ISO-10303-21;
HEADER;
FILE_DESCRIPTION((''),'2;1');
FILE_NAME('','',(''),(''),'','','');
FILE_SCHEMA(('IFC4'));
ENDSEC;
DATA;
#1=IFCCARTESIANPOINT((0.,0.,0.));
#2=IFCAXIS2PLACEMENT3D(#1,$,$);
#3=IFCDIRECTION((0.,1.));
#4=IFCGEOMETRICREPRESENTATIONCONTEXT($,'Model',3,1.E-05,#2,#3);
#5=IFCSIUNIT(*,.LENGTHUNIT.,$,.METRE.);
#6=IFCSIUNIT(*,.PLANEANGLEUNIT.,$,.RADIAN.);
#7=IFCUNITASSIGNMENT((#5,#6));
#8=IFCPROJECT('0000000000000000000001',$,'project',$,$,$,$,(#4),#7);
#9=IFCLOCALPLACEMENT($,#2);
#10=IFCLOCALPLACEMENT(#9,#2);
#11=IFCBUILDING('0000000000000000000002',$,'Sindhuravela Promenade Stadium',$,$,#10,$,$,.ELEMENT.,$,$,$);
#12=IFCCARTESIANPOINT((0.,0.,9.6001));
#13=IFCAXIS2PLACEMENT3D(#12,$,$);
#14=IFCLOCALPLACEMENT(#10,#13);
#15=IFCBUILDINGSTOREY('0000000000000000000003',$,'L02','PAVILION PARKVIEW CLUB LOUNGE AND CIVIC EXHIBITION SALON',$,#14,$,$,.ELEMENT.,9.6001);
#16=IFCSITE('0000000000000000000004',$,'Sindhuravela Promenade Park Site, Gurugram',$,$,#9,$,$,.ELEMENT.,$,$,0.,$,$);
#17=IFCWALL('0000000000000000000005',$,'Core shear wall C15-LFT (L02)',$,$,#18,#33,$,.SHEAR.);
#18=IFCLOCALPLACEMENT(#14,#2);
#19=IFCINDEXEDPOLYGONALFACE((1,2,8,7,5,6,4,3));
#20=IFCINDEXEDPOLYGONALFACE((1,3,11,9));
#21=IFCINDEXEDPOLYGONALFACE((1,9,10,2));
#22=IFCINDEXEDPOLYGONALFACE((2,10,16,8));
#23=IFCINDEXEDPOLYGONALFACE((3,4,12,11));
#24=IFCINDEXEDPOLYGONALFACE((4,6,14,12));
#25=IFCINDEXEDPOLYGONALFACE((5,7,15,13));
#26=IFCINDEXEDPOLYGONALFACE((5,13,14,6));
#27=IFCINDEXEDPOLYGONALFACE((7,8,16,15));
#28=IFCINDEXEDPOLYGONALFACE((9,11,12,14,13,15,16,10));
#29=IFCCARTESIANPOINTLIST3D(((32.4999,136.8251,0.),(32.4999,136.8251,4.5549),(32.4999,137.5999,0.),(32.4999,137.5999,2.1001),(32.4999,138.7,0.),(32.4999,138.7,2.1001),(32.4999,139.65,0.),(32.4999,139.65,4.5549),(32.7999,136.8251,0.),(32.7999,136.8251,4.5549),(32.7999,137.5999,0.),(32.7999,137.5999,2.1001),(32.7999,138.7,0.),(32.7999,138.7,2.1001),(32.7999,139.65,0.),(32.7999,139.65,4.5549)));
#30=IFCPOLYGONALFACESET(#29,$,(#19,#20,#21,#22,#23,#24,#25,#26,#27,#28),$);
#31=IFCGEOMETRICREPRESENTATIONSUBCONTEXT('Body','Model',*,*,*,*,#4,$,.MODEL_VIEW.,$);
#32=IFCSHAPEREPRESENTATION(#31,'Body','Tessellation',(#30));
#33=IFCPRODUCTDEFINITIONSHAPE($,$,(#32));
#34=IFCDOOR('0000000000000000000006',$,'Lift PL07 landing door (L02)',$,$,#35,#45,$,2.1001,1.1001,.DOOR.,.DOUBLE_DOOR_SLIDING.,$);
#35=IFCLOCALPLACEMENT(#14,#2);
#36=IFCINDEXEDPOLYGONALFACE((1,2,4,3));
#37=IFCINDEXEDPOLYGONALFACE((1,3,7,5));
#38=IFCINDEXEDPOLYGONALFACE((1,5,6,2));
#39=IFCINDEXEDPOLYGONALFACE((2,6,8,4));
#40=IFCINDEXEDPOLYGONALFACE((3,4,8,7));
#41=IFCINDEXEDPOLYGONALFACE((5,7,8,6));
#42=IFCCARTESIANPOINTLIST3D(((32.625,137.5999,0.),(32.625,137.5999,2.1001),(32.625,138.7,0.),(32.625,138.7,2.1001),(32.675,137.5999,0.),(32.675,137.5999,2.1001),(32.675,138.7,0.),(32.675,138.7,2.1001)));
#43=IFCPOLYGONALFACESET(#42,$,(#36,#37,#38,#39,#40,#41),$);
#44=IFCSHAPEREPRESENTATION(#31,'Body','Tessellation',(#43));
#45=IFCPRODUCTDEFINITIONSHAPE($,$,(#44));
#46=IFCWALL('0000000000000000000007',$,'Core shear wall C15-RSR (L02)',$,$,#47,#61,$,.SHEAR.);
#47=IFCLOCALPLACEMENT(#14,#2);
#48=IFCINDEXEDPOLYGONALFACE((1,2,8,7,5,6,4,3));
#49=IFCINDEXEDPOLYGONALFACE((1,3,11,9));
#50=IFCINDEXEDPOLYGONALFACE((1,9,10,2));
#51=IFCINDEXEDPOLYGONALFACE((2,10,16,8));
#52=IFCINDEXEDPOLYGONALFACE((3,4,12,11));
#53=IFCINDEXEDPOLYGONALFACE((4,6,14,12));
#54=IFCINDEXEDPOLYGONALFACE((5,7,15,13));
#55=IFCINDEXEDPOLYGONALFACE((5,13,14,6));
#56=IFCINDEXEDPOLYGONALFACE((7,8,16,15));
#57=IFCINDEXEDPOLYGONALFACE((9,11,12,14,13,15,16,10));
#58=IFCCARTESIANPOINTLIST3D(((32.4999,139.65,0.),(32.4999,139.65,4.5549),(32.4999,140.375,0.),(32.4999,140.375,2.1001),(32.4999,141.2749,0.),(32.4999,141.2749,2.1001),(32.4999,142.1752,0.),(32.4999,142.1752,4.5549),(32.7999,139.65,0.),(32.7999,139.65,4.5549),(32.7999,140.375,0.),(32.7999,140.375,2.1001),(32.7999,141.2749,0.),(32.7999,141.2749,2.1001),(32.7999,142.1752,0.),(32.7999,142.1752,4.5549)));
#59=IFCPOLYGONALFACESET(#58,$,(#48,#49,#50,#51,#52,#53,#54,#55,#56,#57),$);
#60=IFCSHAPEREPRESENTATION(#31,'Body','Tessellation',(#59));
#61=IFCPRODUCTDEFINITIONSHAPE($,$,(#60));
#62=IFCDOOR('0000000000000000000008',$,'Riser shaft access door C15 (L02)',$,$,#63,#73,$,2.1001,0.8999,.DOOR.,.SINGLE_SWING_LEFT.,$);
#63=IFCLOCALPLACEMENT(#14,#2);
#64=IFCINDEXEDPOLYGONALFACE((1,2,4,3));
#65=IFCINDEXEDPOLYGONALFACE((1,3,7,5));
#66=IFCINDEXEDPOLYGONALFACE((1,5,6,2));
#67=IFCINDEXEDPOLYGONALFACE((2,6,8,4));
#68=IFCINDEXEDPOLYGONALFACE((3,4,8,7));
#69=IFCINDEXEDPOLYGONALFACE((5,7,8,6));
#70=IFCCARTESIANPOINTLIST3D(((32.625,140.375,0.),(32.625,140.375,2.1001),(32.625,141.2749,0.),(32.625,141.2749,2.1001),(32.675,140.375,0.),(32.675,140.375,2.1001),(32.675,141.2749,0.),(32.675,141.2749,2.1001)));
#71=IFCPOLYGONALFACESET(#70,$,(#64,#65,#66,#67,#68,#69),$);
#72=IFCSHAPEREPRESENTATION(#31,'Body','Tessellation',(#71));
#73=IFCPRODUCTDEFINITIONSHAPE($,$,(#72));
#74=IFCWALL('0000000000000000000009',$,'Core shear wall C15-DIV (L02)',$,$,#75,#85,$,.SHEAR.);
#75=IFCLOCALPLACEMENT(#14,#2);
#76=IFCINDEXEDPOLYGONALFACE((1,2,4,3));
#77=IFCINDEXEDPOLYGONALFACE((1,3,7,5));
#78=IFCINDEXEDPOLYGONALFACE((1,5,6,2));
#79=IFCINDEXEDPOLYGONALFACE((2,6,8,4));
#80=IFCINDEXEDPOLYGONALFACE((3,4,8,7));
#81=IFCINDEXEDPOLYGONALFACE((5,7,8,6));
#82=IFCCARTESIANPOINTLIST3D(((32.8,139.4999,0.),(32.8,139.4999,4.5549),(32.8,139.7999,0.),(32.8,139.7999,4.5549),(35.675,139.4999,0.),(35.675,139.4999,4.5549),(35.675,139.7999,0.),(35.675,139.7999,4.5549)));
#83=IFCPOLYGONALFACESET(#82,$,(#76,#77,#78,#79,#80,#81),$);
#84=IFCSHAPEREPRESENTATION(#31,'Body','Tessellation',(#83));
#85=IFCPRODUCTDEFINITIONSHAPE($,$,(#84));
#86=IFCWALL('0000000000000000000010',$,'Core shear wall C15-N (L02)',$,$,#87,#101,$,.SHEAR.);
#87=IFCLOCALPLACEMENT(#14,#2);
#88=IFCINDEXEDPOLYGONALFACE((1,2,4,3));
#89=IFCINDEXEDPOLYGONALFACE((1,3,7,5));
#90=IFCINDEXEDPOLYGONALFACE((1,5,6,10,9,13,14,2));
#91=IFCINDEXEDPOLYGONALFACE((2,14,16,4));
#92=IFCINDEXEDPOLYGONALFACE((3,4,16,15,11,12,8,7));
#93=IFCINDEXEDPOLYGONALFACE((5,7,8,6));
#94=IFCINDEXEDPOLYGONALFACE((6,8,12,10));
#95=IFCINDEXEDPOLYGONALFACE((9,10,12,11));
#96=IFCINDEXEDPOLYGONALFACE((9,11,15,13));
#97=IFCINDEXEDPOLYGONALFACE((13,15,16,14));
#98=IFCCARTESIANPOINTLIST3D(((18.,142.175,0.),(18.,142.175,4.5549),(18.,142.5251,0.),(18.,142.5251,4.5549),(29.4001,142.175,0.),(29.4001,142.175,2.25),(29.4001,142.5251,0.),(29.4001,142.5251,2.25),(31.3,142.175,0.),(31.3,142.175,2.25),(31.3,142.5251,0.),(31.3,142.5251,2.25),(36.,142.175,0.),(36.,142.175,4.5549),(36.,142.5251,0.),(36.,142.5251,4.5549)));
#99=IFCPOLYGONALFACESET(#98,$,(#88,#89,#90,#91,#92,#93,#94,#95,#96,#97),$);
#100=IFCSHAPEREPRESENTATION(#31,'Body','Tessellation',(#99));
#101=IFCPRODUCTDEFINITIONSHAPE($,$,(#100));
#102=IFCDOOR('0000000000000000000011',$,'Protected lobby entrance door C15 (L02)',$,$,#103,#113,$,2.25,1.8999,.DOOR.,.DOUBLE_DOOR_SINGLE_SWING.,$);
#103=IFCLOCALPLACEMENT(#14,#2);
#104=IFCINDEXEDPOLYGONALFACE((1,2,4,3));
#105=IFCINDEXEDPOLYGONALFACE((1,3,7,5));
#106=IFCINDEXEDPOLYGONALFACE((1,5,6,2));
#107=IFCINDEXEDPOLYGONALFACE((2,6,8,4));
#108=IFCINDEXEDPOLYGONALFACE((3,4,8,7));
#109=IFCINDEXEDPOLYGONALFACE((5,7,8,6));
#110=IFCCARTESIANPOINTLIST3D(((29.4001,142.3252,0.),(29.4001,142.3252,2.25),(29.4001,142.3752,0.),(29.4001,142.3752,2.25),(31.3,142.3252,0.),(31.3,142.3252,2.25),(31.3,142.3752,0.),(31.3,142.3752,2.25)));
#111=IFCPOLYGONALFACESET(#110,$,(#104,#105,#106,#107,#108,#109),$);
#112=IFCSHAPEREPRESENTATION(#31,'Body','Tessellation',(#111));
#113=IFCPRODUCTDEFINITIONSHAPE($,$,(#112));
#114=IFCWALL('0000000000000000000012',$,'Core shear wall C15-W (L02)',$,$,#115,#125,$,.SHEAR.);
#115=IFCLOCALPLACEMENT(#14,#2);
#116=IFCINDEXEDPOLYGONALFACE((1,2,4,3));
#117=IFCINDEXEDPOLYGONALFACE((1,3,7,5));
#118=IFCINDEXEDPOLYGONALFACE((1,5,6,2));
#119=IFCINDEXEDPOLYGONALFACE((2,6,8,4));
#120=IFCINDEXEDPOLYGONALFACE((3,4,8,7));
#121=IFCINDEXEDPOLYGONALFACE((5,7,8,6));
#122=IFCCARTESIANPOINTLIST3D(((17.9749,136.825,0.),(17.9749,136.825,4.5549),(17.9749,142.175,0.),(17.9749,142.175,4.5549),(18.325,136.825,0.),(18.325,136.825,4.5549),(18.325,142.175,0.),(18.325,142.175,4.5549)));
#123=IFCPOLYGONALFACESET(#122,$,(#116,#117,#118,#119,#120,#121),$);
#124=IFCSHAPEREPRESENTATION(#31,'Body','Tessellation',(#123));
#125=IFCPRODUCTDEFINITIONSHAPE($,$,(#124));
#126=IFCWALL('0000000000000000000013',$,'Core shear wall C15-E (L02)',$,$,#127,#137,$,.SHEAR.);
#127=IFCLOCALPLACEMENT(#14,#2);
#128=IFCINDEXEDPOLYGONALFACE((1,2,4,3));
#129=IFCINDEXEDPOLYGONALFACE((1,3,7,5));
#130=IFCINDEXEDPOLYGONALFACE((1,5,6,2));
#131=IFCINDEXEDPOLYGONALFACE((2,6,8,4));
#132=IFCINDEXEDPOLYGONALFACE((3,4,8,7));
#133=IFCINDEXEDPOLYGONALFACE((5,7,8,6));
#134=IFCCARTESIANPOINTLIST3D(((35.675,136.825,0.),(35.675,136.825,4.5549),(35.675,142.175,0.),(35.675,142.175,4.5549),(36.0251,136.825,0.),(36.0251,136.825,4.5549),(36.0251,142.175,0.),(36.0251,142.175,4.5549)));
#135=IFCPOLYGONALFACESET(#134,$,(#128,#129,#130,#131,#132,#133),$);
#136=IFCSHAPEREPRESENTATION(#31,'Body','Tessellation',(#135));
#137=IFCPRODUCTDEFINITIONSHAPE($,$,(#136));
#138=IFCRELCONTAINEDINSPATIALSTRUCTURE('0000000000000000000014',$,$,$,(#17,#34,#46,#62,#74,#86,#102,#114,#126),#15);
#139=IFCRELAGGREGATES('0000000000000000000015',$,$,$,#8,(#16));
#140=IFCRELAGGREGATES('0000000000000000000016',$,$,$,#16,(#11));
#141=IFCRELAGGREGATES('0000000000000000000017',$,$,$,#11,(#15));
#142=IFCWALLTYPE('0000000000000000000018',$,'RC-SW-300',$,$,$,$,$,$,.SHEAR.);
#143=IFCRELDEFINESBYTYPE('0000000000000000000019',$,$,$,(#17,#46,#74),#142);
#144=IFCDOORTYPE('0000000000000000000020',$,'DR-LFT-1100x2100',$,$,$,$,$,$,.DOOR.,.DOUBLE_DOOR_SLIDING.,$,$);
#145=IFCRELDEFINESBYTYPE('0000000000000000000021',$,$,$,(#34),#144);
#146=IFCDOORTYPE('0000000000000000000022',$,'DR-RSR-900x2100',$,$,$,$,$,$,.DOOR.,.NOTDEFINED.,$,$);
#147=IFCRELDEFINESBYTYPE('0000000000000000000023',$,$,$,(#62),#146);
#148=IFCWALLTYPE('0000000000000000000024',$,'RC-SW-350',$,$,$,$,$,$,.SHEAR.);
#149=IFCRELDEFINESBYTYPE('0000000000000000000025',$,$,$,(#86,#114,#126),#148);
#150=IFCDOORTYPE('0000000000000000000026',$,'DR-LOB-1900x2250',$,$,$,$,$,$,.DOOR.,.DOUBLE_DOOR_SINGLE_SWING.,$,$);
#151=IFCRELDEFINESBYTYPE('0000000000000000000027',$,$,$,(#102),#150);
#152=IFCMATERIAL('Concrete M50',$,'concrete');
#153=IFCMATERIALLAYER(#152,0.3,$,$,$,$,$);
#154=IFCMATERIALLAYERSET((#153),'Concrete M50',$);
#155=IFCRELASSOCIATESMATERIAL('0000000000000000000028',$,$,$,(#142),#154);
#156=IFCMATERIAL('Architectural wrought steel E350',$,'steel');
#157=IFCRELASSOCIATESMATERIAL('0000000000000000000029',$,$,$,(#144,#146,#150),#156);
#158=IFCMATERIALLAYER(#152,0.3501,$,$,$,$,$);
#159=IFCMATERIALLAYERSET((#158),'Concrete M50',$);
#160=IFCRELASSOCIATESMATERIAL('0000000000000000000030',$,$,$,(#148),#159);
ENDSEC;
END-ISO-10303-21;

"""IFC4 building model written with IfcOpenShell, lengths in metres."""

from ifc_helpers import new_model, si_unit, direction, frame, frame_2d, origin, place, context, subcontext, project, spatial, rectangle, extrude, material, layer, layer_set, type_object, element, fill, save


model = new_model("IFC4")

# Units and contexts
model_context = context("Model", 3, precision=1e-05, world=origin(), true_north=direction((0.0, 1.0)))
body_context = subcontext(model_context, "Body", "Model", "MODEL_VIEW")
ifc_project = project(units=[si_unit("LENGTHUNIT", "METRE"), si_unit("PLANEANGLEUNIT", "RADIAN")], contexts=[model_context])

# Site, building, storey
site_placement = place(None, origin())
site = spatial("IfcSite", under=ifc_project, at=site_placement, Name="Sindhuravela Promenade Park Site, Gurugram", CompositionType="ELEMENT", RefElevation=0.0)
building_placement = place(site_placement, origin())
building = spatial("IfcBuilding", under=site, at=building_placement, Name="Sindhuravela Promenade Stadium", CompositionType="ELEMENT")
storey_placement = place(building_placement, frame((0.0, 0.0, 9.6001)))
storey = spatial("IfcBuildingStorey", under=building, at=storey_placement, Name="L02", Description="PAVILION PARKVIEW CLUB LOUNGE AND CIVIC EXHIBITION SALON", CompositionType="ELEMENT", Elevation=9.6001)

# Walls, openings, doors
ifc_material_1 = material(Name="Concrete M50", Category="concrete")
ifc_layer_1 = layer(ifc_material_1, 0.3)
ifc_layer_set_1 = layer_set([ifc_layer_1], Name="Concrete M50")
wall_type_1 = type_object("IfcWallType", Name="RC-SW-300", PredefinedType="SHEAR", material=ifc_layer_set_1)
ifc_material_2 = material(Name="Architectural wrought steel E350", Category="steel")
wall_1_placement = place(storey_placement, frame((32.6499, 136.825, 0.0), z_axis=(0.0, 0.0, 1.0), x_axis=(0.0, 1.0, 0.0)))
wall_1 = element("IfcWall", 1, at=wall_1_placement, inside=storey, type_object=wall_type_1, Name="Core shear wall C15-LFT (L02)", PredefinedType="SHEAR", context=body_context, shape_type="SweptSolid", body=[
    extrude(rectangle(XDim=2.825, YDim=0.3, at=frame_2d((1.4126, 0.0))), origin(), (0.0, 0.0, 1.0), 4.5549),
])
opening_1_placement = place(wall_1_placement, frame((0.7749, 0.0, 0.0)))
opening_1 = element("IfcOpeningElement", 2, at=opening_1_placement, cuts=wall_1, PredefinedType="OPENING", context=body_context, shape_type="SweptSolid", body=[
    extrude(rectangle(XDim=1.1001, YDim=2.1001, at=frame_2d((0.55, 1.05))), frame((0.0, 0.1599, 0.0), z_axis=(0.0, -1.0, 0.0), x_axis=(1.0, 0.0, 0.0)), (0.0, 0.0, 1.0), 0.3201),
])
door_type_1 = type_object("IfcDoorType", Name="DR-LFT-1100x2100", OperationType="DOUBLE_DOOR_SLIDING", PredefinedType="DOOR", material=ifc_material_2)
door_1_placement = place(opening_1_placement, origin())
door_1 = element("IfcDoor", 3, at=door_1_placement, inside=storey, type_object=door_type_1, Name="Lift PL07 landing door (L02)", OperationType="DOUBLE_DOOR_SLIDING", OverallHeight=2.1001, OverallWidth=1.1001, PredefinedType="DOOR", context=body_context, shape_type="SweptSolid", body=[
    extrude(rectangle(XDim=1.1001, YDim=2.1001, at=frame_2d((0.55, 1.05))), frame((0.0, 0.0249, 0.0), z_axis=(0.0, -1.0, 0.0), x_axis=(1.0, 0.0, 0.0)), (0.0, 0.0, 1.0), 0.05),
])
fill(opening_1, door_1)
wall_2_placement = place(storey_placement, frame((32.6499, 139.6499, 0.0), z_axis=(0.0, 0.0, 1.0), x_axis=(0.0, 1.0, 0.0)))
wall_2 = element("IfcWall", 4, at=wall_2_placement, inside=storey, type_object=wall_type_1, Name="Core shear wall C15-RSR (L02)", PredefinedType="SHEAR", context=body_context, shape_type="SweptSolid", body=[
    extrude(rectangle(XDim=2.5251, YDim=0.3, at=frame_2d((1.2627, 0.0))), origin(), (0.0, 0.0, 1.0), 4.5549),
])
opening_2_placement = place(wall_2_placement, frame((0.7251, 0.0, 0.0)))
opening_2 = element("IfcOpeningElement", 5, at=opening_2_placement, cuts=wall_2, PredefinedType="OPENING", context=body_context, shape_type="SweptSolid", body=[
    extrude(rectangle(XDim=0.8999, YDim=2.1001, at=frame_2d((0.45, 1.05))), frame((0.0, 0.1599, 0.0), z_axis=(0.0, -1.0, 0.0), x_axis=(1.0, 0.0, 0.0)), (0.0, 0.0, 1.0), 0.3201),
])
door_type_2 = type_object("IfcDoorType", Name="DR-RSR-900x2100", OperationType="NOTDEFINED", PredefinedType="DOOR", material=ifc_material_2)
door_2_placement = place(opening_2_placement, origin())
door_2 = element("IfcDoor", 6, at=door_2_placement, inside=storey, type_object=door_type_2, Name="Riser shaft access door C15 (L02)", OperationType="SINGLE_SWING_LEFT", OverallHeight=2.1001, OverallWidth=0.8999, PredefinedType="DOOR", context=body_context, shape_type="SweptSolid", body=[
    extrude(rectangle(XDim=0.8999, YDim=2.1001, at=frame_2d((0.45, 1.05))), frame((0.0, 0.0249, 0.0), z_axis=(0.0, -1.0, 0.0), x_axis=(1.0, 0.0, 0.0)), (0.0, 0.0, 1.0), 0.05),
])
fill(opening_2, door_2)

# Wall
wall_3_placement = place(storey_placement, frame((32.8, 139.6499, 0.0), z_axis=(0.0, 0.0, 1.0), x_axis=(1.0, 0.0, 0.0)))
element("IfcWall", 7, at=wall_3_placement, inside=storey, type_object=wall_type_1, Name="Core shear wall C15-DIV (L02)", PredefinedType="SHEAR", context=body_context, shape_type="SweptSolid", body=[
    extrude(rectangle(XDim=2.875, YDim=0.3, at=frame_2d((1.4375, 0.0))), origin(), (0.0, 0.0, 1.0), 4.5549),
])

# Wall, opening, door
ifc_layer_2 = layer(ifc_material_1, 0.3501)
ifc_layer_set_2 = layer_set([ifc_layer_2], Name="Concrete M50")
wall_type_2 = type_object("IfcWallType", Name="RC-SW-350", PredefinedType="SHEAR", material=ifc_layer_set_2)
wall_4_placement = place(storey_placement, frame((36.0, 142.3501, 0.0), z_axis=(0.0, 0.0, 1.0), x_axis=(-1.0, 0.0, 0.0)))
wall_4 = element("IfcWall", 8, at=wall_4_placement, inside=storey, type_object=wall_type_2, Name="Core shear wall C15-N (L02)", PredefinedType="SHEAR", context=body_context, shape_type="SweptSolid", body=[
    extrude(rectangle(XDim=18.0, YDim=0.3501, at=frame_2d((9.0, 0.0))), origin(), (0.0, 0.0, 1.0), 4.5549),
])
opening_3_placement = place(wall_4_placement, frame((4.7, 0.0, 0.0)))
opening_3 = element("IfcOpeningElement", 9, at=opening_3_placement, cuts=wall_4, PredefinedType="OPENING", context=body_context, shape_type="SweptSolid", body=[
    extrude(rectangle(XDim=1.8999, YDim=2.25, at=frame_2d((0.95, 1.125))), frame((0.0, 0.1851, 0.0), z_axis=(0.0, -1.0, 0.0), x_axis=(1.0, 0.0, 0.0)), (0.0, 0.0, 1.0), 0.3701),
])
door_type_3 = type_object("IfcDoorType", Name="DR-LOB-1900x2250", OperationType="DOUBLE_DOOR_SINGLE_SWING", PredefinedType="DOOR", material=ifc_material_2)
door_3_placement = place(opening_3_placement, origin())
door_3 = element("IfcDoor", 10, at=door_3_placement, inside=storey, type_object=door_type_3, Name="Protected lobby entrance door C15 (L02)", OperationType="DOUBLE_DOOR_SINGLE_SWING", OverallHeight=2.25, OverallWidth=1.8999, PredefinedType="DOOR", context=body_context, shape_type="SweptSolid", body=[
    extrude(rectangle(XDim=1.8999, YDim=2.25, at=frame_2d((0.95, 1.125))), frame((0.0, 0.0249, 0.0), z_axis=(0.0, -1.0, 0.0), x_axis=(1.0, 0.0, 0.0)), (0.0, 0.0, 1.0), 0.05),
])
fill(opening_3, door_3)

# Walls
for number, where, z_axis, x_axis, name in (
    (11, (18.1499, 142.175, 0.0), (0.0, 0.0, 1.0), (0.0, -1.0, 0.0), "Core shear wall C15-W (L02)"),
    (12, (35.8501, 136.825, 0.0), (0.0, 0.0, 1.0), (0.0, 1.0, 0.0), "Core shear wall C15-E (L02)"),
):
    element("IfcWall", number, at=place(storey_placement, frame(where, z_axis=z_axis, x_axis=x_axis)), inside=storey, type_object=wall_type_2, Name=name, PredefinedType="SHEAR", context=body_context, shape_type="SweptSolid", body=[
        extrude(rectangle(XDim=5.3501, YDim=0.3501, at=frame_2d((2.675, 0.0))), origin(), (0.0, 0.0, 1.0), 4.5549),
    ])

save(model, "model.ifc")
